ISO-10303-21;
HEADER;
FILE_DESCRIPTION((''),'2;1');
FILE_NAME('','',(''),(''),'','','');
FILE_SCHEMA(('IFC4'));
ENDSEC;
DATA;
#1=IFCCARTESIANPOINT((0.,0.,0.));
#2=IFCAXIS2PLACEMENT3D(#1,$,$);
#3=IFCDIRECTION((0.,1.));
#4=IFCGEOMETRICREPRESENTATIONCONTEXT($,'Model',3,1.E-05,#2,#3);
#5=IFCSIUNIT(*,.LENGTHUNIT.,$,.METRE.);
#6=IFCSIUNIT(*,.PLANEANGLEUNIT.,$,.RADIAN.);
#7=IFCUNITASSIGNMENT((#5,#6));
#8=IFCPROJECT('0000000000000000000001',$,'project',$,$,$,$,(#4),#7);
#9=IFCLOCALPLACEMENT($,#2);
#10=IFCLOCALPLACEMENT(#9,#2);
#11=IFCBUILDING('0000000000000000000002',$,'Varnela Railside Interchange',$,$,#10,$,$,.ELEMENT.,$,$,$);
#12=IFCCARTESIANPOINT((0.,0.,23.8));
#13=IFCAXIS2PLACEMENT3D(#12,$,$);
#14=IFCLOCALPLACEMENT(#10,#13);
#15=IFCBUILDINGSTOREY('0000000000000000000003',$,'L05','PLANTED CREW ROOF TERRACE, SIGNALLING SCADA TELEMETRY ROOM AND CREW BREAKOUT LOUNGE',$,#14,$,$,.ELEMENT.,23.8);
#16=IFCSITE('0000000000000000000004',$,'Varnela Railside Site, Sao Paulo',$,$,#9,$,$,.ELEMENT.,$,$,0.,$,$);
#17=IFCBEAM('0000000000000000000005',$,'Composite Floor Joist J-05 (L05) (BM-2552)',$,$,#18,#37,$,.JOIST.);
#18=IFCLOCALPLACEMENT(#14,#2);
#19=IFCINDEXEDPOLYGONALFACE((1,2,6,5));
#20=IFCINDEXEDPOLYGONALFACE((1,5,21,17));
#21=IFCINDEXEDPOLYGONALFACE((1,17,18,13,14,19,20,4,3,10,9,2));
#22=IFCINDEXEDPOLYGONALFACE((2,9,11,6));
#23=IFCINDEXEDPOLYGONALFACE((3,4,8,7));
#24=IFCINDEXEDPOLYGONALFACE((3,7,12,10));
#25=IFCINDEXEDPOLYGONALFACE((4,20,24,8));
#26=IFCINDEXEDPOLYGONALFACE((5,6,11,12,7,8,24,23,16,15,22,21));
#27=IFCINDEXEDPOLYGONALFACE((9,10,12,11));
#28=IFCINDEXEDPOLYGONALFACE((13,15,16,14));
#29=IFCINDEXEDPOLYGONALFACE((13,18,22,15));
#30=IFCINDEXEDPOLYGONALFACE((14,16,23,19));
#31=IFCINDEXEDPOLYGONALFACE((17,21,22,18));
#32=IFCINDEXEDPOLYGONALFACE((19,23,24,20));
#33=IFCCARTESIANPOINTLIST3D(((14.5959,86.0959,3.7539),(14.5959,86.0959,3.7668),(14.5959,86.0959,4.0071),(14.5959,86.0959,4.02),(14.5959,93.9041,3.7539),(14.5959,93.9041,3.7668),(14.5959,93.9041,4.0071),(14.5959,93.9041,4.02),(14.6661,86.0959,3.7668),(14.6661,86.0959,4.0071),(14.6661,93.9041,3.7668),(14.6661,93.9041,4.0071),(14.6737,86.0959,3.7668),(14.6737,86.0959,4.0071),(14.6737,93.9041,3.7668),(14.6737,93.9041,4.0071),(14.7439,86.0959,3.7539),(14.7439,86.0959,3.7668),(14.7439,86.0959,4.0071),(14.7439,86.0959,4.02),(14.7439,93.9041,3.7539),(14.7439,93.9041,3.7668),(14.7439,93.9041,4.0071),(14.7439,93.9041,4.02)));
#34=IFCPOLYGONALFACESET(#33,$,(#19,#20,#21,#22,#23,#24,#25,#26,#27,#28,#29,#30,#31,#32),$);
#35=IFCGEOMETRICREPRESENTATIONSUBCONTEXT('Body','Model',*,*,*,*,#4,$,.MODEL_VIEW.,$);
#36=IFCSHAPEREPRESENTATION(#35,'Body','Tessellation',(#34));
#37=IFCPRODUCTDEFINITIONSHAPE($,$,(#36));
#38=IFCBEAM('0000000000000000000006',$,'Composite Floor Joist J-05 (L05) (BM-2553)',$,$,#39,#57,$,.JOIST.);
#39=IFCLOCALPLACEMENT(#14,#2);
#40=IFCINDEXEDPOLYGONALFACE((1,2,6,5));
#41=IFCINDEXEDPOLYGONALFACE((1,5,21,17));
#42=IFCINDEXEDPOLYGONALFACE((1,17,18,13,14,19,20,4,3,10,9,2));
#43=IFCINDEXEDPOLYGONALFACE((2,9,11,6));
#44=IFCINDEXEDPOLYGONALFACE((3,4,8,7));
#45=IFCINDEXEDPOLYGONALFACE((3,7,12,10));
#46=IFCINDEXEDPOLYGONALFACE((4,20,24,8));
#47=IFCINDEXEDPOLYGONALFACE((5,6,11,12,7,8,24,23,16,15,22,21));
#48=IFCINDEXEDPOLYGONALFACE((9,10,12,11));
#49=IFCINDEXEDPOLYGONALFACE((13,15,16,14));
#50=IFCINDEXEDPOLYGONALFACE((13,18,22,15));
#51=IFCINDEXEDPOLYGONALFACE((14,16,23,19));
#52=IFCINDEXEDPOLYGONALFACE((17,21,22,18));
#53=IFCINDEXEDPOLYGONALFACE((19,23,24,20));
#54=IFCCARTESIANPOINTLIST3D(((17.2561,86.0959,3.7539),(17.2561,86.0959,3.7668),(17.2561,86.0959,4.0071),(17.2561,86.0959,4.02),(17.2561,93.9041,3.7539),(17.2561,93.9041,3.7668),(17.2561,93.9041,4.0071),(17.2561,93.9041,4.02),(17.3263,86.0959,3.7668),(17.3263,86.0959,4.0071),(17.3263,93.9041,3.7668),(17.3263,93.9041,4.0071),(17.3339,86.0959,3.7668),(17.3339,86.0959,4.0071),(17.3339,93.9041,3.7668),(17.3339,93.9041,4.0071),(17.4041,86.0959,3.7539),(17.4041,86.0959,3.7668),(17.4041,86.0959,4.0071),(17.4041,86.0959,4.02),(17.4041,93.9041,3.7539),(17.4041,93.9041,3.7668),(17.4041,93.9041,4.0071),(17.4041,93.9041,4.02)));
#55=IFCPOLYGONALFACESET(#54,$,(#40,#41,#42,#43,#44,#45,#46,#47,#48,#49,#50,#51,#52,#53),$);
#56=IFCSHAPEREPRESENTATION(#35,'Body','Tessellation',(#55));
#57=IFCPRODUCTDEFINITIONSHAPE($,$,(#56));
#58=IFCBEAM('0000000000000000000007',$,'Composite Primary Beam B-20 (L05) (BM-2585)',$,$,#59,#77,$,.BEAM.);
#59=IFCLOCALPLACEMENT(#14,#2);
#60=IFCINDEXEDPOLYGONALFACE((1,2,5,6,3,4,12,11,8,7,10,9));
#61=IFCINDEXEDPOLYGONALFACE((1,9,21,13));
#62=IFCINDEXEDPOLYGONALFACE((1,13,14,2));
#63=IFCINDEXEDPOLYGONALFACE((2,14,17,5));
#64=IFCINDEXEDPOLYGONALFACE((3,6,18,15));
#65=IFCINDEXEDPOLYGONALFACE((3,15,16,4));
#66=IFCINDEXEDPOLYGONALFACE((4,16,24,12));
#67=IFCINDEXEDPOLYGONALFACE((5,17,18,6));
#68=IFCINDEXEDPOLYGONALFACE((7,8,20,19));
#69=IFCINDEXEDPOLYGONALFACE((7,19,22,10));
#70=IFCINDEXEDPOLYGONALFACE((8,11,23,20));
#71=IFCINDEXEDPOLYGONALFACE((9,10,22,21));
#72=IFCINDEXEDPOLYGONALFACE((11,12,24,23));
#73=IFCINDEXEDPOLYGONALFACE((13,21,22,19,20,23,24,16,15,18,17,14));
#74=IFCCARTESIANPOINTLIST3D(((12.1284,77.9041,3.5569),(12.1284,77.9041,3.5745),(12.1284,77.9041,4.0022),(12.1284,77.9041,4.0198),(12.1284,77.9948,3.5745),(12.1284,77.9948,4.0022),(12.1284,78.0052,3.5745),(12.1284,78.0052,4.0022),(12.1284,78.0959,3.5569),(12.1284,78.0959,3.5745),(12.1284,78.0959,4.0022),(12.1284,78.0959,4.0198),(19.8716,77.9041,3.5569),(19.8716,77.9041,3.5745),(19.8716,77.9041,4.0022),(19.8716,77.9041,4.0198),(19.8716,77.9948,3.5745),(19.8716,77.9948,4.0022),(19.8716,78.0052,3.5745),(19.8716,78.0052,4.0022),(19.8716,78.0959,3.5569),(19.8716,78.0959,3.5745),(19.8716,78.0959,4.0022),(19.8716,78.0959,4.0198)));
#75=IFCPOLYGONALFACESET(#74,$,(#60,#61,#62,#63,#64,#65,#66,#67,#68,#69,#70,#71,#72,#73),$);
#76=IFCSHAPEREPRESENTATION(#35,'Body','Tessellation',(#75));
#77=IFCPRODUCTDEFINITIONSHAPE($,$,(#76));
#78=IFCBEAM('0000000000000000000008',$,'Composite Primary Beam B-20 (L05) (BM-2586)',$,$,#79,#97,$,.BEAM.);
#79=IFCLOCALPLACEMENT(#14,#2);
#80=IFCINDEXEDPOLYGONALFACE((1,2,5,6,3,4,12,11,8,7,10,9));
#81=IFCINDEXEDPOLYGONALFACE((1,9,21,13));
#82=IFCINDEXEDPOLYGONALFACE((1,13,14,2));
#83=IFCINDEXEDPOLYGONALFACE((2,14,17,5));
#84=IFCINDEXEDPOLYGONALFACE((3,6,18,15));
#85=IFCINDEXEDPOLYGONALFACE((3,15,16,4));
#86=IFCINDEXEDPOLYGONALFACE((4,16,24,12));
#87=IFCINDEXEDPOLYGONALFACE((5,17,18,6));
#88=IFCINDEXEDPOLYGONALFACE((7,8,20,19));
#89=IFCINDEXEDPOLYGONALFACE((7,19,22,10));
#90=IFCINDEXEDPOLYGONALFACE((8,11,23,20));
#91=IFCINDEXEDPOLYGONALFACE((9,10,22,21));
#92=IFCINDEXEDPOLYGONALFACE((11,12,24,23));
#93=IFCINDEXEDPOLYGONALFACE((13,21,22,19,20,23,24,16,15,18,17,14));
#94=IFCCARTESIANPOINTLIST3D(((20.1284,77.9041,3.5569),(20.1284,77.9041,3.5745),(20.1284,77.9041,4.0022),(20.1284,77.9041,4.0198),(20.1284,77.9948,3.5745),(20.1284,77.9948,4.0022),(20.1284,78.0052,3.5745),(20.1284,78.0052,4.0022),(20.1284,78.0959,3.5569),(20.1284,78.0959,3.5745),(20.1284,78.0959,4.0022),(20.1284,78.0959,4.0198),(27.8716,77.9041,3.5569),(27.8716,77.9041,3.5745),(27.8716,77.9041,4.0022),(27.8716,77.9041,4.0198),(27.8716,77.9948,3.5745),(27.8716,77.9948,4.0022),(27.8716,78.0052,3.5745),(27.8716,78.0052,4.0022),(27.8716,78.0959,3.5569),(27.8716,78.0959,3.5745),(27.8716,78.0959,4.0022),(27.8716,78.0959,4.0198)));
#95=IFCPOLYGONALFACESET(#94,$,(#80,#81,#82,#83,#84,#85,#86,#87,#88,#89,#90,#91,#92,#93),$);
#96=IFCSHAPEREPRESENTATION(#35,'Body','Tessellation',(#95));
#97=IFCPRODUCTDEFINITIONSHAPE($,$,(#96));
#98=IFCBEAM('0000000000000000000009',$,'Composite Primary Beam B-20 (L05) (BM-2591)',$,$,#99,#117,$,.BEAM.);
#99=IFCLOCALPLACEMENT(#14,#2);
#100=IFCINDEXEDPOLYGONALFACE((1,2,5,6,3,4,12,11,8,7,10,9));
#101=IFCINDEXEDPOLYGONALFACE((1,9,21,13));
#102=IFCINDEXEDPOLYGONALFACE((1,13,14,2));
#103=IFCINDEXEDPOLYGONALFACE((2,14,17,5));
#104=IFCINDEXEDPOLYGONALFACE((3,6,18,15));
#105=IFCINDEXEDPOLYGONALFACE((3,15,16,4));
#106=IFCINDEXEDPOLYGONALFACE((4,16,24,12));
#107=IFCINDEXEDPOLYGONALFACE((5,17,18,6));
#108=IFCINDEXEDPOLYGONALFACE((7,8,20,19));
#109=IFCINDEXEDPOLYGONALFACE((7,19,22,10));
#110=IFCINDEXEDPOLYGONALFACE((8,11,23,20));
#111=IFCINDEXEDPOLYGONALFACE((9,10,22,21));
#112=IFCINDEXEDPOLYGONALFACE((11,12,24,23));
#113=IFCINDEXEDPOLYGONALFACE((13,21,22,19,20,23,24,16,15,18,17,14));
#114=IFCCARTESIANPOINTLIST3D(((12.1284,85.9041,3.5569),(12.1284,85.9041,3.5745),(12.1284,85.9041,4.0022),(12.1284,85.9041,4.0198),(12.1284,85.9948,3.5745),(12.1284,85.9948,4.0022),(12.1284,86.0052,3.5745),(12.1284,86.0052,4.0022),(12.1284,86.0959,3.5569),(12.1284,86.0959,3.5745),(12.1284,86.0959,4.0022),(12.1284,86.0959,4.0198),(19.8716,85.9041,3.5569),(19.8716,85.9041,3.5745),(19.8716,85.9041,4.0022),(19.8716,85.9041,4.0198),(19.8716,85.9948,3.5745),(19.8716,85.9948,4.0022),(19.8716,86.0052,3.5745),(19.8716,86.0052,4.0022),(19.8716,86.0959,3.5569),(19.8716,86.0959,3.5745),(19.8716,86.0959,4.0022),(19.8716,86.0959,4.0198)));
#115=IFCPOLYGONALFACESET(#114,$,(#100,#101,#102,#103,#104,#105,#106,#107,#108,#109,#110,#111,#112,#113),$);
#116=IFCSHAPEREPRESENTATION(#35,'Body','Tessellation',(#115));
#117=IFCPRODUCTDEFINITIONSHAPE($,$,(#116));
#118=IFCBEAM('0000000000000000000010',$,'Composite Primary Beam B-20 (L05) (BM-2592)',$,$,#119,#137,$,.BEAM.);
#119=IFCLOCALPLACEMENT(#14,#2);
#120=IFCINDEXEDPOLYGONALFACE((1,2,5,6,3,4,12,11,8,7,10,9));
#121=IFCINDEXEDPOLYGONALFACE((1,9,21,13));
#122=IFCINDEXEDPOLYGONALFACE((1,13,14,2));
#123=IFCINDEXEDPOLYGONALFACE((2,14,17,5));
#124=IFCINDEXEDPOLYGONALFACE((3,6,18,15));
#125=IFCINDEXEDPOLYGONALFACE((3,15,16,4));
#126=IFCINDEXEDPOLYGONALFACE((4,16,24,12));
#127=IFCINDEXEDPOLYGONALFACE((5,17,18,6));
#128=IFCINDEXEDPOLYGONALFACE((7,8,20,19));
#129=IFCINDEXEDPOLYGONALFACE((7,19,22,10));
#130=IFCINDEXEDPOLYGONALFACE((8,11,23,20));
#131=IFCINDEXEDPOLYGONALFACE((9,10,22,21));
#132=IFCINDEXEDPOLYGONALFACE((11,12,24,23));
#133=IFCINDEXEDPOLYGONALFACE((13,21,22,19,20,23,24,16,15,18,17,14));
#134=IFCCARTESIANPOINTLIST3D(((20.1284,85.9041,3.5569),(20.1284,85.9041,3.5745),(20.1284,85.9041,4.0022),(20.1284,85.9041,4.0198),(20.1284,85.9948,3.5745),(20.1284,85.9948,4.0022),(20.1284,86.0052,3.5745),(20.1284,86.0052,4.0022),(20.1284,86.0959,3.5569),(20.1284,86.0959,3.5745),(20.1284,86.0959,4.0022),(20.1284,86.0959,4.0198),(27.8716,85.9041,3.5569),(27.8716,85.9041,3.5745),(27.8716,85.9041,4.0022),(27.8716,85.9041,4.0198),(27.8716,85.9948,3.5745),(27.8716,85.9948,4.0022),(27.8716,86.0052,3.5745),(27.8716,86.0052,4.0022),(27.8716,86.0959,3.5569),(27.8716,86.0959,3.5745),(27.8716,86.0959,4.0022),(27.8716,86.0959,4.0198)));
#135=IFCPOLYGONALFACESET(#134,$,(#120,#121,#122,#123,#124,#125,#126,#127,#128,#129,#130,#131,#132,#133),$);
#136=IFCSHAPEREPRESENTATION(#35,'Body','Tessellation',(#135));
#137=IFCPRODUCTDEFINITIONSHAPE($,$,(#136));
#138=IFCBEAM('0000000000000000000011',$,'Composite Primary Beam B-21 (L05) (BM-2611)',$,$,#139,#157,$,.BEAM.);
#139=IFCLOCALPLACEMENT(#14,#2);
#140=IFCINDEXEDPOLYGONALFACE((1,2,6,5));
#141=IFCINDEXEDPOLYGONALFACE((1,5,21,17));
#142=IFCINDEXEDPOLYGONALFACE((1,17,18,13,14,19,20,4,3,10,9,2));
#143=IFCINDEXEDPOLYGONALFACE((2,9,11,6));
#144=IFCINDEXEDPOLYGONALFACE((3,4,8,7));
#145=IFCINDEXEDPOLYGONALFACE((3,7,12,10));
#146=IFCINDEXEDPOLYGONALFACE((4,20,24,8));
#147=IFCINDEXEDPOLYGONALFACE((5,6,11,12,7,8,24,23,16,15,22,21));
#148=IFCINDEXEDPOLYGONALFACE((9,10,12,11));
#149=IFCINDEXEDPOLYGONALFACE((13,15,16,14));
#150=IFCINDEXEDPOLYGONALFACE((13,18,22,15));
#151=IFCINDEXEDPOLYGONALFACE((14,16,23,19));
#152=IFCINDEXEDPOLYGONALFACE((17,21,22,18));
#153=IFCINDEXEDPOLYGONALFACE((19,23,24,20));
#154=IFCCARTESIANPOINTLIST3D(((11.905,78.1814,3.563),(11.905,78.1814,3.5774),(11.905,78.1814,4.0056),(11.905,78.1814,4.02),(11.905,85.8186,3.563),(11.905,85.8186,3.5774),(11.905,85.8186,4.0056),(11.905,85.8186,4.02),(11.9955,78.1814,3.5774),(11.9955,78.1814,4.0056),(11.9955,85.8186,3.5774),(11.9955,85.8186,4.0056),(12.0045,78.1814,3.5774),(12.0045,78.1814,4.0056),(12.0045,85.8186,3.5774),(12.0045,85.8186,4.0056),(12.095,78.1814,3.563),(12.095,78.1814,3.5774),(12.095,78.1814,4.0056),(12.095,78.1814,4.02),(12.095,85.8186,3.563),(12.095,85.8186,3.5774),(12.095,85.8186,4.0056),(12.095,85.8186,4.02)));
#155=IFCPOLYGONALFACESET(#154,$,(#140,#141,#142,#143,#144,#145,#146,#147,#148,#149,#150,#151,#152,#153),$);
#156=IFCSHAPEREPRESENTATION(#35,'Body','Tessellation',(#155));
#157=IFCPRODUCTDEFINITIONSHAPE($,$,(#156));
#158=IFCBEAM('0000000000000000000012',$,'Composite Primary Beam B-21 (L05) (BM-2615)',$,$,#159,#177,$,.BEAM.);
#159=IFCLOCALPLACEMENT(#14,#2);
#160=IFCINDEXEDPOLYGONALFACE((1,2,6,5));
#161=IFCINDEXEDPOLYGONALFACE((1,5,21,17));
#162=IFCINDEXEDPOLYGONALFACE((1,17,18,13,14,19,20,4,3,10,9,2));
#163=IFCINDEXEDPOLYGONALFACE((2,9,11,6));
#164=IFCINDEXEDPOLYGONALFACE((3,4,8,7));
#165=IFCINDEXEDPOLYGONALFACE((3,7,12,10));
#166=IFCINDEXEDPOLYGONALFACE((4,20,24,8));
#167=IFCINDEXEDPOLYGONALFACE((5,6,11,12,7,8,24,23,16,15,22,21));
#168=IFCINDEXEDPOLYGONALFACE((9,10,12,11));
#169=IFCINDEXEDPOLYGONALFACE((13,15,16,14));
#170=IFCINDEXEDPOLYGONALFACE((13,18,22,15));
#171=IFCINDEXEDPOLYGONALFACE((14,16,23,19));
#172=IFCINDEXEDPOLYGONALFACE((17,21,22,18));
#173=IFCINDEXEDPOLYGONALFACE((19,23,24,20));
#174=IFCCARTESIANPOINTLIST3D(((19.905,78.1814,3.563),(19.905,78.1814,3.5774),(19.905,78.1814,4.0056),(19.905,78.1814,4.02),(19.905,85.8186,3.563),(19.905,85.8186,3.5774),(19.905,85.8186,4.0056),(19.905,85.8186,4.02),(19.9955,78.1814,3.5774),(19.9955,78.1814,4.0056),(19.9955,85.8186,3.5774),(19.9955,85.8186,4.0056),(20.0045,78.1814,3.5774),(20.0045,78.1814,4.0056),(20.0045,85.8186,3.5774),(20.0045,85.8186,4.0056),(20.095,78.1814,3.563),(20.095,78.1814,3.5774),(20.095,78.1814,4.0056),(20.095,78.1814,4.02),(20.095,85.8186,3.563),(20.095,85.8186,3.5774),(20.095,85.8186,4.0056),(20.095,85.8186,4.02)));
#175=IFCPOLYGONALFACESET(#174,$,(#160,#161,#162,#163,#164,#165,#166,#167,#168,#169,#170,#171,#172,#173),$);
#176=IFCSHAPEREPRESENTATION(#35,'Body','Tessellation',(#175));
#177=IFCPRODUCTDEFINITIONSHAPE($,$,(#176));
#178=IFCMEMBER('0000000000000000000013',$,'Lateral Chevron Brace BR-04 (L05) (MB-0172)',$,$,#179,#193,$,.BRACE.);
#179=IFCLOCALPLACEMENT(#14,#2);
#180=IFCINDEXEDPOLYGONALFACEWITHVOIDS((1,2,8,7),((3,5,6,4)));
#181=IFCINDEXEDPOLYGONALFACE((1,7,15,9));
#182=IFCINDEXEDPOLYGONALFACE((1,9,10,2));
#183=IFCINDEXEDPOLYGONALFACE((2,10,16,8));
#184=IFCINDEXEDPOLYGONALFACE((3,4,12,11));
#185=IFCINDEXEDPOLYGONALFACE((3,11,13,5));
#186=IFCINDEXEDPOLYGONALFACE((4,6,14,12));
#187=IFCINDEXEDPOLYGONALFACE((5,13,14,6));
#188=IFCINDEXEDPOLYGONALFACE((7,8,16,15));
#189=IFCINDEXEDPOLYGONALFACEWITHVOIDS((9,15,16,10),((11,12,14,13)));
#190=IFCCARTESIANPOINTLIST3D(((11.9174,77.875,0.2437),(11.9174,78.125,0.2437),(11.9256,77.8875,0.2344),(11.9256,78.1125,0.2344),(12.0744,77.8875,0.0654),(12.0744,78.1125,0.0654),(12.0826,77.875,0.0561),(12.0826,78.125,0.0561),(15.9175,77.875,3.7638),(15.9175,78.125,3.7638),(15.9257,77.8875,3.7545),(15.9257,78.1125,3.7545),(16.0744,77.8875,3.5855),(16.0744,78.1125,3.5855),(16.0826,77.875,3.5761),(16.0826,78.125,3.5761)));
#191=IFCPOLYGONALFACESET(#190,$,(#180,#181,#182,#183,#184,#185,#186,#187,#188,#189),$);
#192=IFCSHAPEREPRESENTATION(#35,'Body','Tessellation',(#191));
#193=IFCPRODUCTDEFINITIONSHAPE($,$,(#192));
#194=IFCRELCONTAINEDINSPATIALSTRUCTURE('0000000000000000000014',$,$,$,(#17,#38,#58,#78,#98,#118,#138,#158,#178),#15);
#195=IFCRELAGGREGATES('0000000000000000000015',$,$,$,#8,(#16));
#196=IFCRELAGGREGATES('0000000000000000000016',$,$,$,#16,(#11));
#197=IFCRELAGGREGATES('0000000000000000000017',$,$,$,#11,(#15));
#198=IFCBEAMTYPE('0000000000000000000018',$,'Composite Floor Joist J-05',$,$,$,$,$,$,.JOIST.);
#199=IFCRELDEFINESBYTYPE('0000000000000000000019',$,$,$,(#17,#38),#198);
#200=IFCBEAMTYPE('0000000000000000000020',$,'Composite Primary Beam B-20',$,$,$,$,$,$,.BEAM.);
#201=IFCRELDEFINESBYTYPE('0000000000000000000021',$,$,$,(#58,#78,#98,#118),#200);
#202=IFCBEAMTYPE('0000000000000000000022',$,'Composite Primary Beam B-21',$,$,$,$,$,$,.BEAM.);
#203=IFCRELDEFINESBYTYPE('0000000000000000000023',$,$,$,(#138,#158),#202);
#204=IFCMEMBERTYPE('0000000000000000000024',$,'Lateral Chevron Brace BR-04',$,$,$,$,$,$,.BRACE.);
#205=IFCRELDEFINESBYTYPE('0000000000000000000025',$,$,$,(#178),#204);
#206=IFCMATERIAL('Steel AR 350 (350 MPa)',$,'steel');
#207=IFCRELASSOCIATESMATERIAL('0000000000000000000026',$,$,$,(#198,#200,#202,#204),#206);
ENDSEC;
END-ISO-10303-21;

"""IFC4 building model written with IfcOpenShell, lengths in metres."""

from ifc_helpers import new_model, si_unit, direction, frame, origin, origin_2d, place, context, subcontext, project, spatial, hollow_rectangle, i_section, extrude, material, material_profile, profile_set, type_object, element, save


model = new_model("IFC4")

# Units and contexts
model_context = context("Model", 3, precision=1e-05, world=origin(), true_north=direction((0.0, 1.0)))
body_context = subcontext(model_context, "Body", "Model", "MODEL_VIEW")
ifc_project = project(units=[si_unit("LENGTHUNIT", "METRE"), si_unit("PLANEANGLEUNIT", "RADIAN")], contexts=[model_context])

# Site, building, storey
site_placement = place(None, origin())
site = spatial("IfcSite", under=ifc_project, at=site_placement, Name="Varnela Railside Site, Sao Paulo", CompositionType="ELEMENT", RefElevation=0.0)
building_placement = place(site_placement, origin())
building = spatial("IfcBuilding", under=site, at=building_placement, Name="Varnela Railside Interchange", CompositionType="ELEMENT")
storey_placement = place(building_placement, frame((0.0, 0.0, 23.8)))
storey = spatial("IfcBuildingStorey", under=building, at=storey_placement, Name="L05", Description="PLANTED CREW ROOF TERRACE, SIGNALLING SCADA TELEMETRY ROOM AND CREW BREAKOUT LOUNGE", CompositionType="ELEMENT", Elevation=23.8)

# Shared definitions
ifc_material = material(Name="Steel AR 350 (350 MPa)", Category="steel")

# Beams
ifc_material_profile_1 = material_profile(ifc_material, i_section(OverallWidth=0.1479, OverallDepth=0.2661, WebThickness=0.0076, FlangeThickness=0.0129, at=origin_2d()), Name="W250x44.8")
ifc_profile_set_1 = profile_set([ifc_material_profile_1], Name="Steel AR 350 (350 MPa)")
beam_type_1 = type_object("IfcBeamType", Name="Composite Floor Joist J-05", PredefinedType="JOIST", material=ifc_profile_set_1)
for number, where, z_axis, x_axis, name in (
    (1, (14.6699, 86.0959, 3.887), (0.0, 1.0, 0.0), (-1.0, 0.0, 0.0), "Composite Floor Joist J-05 (L05) (BM-2552)"),
    (2, (17.3301, 86.0959, 3.887), (0.0, 1.0, 0.0), (-1.0, 0.0, 0.0), "Composite Floor Joist J-05 (L05) (BM-2553)"),
):
    element("IfcBeam", number, at=place(storey_placement, frame(where, z_axis=z_axis, x_axis=x_axis)), inside=storey, type_object=beam_type_1, Name=name, PredefinedType="JOIST", context=body_context, shape_type="SweptSolid", body=[
        extrude(i_section(OverallWidth=0.1479, OverallDepth=0.2661, WebThickness=0.0076, FlangeThickness=0.0129, at=origin_2d()), origin(), (0.0, 0.0, 1.0), 7.8081),
    ])
ifc_material_profile_2 = material_profile(ifc_material, i_section(OverallWidth=0.1919, OverallDepth=0.4629, WebThickness=0.0105, FlangeThickness=0.0176, at=origin_2d()), Name="W460x89")
ifc_profile_set_2 = profile_set([ifc_material_profile_2], Name="Steel AR 350 (350 MPa)")
beam_type_2 = type_object("IfcBeamType", Name="Composite Primary Beam B-20", PredefinedType="BEAM", material=ifc_profile_set_2)
for number, where, z_axis, x_axis, name in (
    (3, (12.1284, 78.0, 3.7883), (1.0, 0.0, 0.0), (0.0, 1.0, 0.0), "Composite Primary Beam B-20 (L05) (BM-2585)"),
    (4, (20.1284, 78.0, 3.7883), (1.0, 0.0, 0.0), (0.0, 1.0, 0.0), "Composite Primary Beam B-20 (L05) (BM-2586)"),
    (5, (12.1284, 86.0, 3.7883), (1.0, 0.0, 0.0), (0.0, 1.0, 0.0), "Composite Primary Beam B-20 (L05) (BM-2591)"),
    (6, (20.1284, 86.0, 3.7883), (1.0, 0.0, 0.0), (0.0, 1.0, 0.0), "Composite Primary Beam B-20 (L05) (BM-2592)"),
):
    element("IfcBeam", number, at=place(storey_placement, frame(where, z_axis=z_axis, x_axis=x_axis)), inside=storey, type_object=beam_type_2, Name=name, PredefinedType="BEAM", context=body_context, shape_type="SweptSolid", body=[
        extrude(i_section(OverallWidth=0.1919, OverallDepth=0.4629, WebThickness=0.0105, FlangeThickness=0.0176, at=origin_2d()), origin(), (0.0, 0.0, 1.0), 7.7432),
    ])
ifc_material_profile_3 = material_profile(ifc_material, i_section(OverallWidth=0.1899, OverallDepth=0.457, WebThickness=0.009, FlangeThickness=0.0144, at=origin_2d()), Name="W460x74")
ifc_profile_set_3 = profile_set([ifc_material_profile_3], Name="Steel AR 350 (350 MPa)")
beam_type_3 = type_object("IfcBeamType", Name="Composite Primary Beam B-21", PredefinedType="BEAM", material=ifc_profile_set_3)
for number, where, z_axis, x_axis, name in (
    (7, (12.0, 78.1814, 3.7915), (0.0, 1.0, 0.0), (-1.0, 0.0, 0.0), "Composite Primary Beam B-21 (L05) (BM-2611)"),
    (8, (20.0, 78.1814, 3.7915), (0.0, 1.0, 0.0), (-1.0, 0.0, 0.0), "Composite Primary Beam B-21 (L05) (BM-2615)"),
):
    element("IfcBeam", number, at=place(storey_placement, frame(where, z_axis=z_axis, x_axis=x_axis)), inside=storey, type_object=beam_type_3, Name=name, PredefinedType="BEAM", context=body_context, shape_type="SweptSolid", body=[
        extrude(i_section(OverallWidth=0.1899, OverallDepth=0.457, WebThickness=0.009, FlangeThickness=0.0144, at=origin_2d()), origin(), (0.0, 0.0, 1.0), 7.6372),
    ])

# Member
ifc_material_profile_4 = material_profile(ifc_material, hollow_rectangle(XDim=0.25, YDim=0.25, WallThickness=0.0125, at=origin_2d()), Name="HSS 250x250x12.5")
ifc_profile_set_4 = profile_set([ifc_material_profile_4], Name="Steel AR 350 (350 MPa)")
member_type = type_object("IfcMemberType", Name="Lateral Chevron Brace BR-04", PredefinedType="BRACE", material=ifc_profile_set_4)
for number, where, z_axis, x_axis, name in (
    (9, (12.0, 78.0, 0.1499), (0.750712, 0.0, 0.66063), (0.0, 1.0, 0.0), "Lateral Chevron Brace BR-04 (L05) (MB-0172)"),
):
    element("IfcMember", number, at=place(storey_placement, frame(where, z_axis=z_axis, x_axis=x_axis)), inside=storey, type_object=member_type, Name=name, PredefinedType="BRACE", context=body_context, shape_type="SweptSolid", body=[
        extrude(hollow_rectangle(XDim=0.25, YDim=0.25, WallThickness=0.0125, at=origin_2d()), origin(), (0.0, 0.0, 1.0), 5.3284),
    ])

save(model, "model.ifc")
